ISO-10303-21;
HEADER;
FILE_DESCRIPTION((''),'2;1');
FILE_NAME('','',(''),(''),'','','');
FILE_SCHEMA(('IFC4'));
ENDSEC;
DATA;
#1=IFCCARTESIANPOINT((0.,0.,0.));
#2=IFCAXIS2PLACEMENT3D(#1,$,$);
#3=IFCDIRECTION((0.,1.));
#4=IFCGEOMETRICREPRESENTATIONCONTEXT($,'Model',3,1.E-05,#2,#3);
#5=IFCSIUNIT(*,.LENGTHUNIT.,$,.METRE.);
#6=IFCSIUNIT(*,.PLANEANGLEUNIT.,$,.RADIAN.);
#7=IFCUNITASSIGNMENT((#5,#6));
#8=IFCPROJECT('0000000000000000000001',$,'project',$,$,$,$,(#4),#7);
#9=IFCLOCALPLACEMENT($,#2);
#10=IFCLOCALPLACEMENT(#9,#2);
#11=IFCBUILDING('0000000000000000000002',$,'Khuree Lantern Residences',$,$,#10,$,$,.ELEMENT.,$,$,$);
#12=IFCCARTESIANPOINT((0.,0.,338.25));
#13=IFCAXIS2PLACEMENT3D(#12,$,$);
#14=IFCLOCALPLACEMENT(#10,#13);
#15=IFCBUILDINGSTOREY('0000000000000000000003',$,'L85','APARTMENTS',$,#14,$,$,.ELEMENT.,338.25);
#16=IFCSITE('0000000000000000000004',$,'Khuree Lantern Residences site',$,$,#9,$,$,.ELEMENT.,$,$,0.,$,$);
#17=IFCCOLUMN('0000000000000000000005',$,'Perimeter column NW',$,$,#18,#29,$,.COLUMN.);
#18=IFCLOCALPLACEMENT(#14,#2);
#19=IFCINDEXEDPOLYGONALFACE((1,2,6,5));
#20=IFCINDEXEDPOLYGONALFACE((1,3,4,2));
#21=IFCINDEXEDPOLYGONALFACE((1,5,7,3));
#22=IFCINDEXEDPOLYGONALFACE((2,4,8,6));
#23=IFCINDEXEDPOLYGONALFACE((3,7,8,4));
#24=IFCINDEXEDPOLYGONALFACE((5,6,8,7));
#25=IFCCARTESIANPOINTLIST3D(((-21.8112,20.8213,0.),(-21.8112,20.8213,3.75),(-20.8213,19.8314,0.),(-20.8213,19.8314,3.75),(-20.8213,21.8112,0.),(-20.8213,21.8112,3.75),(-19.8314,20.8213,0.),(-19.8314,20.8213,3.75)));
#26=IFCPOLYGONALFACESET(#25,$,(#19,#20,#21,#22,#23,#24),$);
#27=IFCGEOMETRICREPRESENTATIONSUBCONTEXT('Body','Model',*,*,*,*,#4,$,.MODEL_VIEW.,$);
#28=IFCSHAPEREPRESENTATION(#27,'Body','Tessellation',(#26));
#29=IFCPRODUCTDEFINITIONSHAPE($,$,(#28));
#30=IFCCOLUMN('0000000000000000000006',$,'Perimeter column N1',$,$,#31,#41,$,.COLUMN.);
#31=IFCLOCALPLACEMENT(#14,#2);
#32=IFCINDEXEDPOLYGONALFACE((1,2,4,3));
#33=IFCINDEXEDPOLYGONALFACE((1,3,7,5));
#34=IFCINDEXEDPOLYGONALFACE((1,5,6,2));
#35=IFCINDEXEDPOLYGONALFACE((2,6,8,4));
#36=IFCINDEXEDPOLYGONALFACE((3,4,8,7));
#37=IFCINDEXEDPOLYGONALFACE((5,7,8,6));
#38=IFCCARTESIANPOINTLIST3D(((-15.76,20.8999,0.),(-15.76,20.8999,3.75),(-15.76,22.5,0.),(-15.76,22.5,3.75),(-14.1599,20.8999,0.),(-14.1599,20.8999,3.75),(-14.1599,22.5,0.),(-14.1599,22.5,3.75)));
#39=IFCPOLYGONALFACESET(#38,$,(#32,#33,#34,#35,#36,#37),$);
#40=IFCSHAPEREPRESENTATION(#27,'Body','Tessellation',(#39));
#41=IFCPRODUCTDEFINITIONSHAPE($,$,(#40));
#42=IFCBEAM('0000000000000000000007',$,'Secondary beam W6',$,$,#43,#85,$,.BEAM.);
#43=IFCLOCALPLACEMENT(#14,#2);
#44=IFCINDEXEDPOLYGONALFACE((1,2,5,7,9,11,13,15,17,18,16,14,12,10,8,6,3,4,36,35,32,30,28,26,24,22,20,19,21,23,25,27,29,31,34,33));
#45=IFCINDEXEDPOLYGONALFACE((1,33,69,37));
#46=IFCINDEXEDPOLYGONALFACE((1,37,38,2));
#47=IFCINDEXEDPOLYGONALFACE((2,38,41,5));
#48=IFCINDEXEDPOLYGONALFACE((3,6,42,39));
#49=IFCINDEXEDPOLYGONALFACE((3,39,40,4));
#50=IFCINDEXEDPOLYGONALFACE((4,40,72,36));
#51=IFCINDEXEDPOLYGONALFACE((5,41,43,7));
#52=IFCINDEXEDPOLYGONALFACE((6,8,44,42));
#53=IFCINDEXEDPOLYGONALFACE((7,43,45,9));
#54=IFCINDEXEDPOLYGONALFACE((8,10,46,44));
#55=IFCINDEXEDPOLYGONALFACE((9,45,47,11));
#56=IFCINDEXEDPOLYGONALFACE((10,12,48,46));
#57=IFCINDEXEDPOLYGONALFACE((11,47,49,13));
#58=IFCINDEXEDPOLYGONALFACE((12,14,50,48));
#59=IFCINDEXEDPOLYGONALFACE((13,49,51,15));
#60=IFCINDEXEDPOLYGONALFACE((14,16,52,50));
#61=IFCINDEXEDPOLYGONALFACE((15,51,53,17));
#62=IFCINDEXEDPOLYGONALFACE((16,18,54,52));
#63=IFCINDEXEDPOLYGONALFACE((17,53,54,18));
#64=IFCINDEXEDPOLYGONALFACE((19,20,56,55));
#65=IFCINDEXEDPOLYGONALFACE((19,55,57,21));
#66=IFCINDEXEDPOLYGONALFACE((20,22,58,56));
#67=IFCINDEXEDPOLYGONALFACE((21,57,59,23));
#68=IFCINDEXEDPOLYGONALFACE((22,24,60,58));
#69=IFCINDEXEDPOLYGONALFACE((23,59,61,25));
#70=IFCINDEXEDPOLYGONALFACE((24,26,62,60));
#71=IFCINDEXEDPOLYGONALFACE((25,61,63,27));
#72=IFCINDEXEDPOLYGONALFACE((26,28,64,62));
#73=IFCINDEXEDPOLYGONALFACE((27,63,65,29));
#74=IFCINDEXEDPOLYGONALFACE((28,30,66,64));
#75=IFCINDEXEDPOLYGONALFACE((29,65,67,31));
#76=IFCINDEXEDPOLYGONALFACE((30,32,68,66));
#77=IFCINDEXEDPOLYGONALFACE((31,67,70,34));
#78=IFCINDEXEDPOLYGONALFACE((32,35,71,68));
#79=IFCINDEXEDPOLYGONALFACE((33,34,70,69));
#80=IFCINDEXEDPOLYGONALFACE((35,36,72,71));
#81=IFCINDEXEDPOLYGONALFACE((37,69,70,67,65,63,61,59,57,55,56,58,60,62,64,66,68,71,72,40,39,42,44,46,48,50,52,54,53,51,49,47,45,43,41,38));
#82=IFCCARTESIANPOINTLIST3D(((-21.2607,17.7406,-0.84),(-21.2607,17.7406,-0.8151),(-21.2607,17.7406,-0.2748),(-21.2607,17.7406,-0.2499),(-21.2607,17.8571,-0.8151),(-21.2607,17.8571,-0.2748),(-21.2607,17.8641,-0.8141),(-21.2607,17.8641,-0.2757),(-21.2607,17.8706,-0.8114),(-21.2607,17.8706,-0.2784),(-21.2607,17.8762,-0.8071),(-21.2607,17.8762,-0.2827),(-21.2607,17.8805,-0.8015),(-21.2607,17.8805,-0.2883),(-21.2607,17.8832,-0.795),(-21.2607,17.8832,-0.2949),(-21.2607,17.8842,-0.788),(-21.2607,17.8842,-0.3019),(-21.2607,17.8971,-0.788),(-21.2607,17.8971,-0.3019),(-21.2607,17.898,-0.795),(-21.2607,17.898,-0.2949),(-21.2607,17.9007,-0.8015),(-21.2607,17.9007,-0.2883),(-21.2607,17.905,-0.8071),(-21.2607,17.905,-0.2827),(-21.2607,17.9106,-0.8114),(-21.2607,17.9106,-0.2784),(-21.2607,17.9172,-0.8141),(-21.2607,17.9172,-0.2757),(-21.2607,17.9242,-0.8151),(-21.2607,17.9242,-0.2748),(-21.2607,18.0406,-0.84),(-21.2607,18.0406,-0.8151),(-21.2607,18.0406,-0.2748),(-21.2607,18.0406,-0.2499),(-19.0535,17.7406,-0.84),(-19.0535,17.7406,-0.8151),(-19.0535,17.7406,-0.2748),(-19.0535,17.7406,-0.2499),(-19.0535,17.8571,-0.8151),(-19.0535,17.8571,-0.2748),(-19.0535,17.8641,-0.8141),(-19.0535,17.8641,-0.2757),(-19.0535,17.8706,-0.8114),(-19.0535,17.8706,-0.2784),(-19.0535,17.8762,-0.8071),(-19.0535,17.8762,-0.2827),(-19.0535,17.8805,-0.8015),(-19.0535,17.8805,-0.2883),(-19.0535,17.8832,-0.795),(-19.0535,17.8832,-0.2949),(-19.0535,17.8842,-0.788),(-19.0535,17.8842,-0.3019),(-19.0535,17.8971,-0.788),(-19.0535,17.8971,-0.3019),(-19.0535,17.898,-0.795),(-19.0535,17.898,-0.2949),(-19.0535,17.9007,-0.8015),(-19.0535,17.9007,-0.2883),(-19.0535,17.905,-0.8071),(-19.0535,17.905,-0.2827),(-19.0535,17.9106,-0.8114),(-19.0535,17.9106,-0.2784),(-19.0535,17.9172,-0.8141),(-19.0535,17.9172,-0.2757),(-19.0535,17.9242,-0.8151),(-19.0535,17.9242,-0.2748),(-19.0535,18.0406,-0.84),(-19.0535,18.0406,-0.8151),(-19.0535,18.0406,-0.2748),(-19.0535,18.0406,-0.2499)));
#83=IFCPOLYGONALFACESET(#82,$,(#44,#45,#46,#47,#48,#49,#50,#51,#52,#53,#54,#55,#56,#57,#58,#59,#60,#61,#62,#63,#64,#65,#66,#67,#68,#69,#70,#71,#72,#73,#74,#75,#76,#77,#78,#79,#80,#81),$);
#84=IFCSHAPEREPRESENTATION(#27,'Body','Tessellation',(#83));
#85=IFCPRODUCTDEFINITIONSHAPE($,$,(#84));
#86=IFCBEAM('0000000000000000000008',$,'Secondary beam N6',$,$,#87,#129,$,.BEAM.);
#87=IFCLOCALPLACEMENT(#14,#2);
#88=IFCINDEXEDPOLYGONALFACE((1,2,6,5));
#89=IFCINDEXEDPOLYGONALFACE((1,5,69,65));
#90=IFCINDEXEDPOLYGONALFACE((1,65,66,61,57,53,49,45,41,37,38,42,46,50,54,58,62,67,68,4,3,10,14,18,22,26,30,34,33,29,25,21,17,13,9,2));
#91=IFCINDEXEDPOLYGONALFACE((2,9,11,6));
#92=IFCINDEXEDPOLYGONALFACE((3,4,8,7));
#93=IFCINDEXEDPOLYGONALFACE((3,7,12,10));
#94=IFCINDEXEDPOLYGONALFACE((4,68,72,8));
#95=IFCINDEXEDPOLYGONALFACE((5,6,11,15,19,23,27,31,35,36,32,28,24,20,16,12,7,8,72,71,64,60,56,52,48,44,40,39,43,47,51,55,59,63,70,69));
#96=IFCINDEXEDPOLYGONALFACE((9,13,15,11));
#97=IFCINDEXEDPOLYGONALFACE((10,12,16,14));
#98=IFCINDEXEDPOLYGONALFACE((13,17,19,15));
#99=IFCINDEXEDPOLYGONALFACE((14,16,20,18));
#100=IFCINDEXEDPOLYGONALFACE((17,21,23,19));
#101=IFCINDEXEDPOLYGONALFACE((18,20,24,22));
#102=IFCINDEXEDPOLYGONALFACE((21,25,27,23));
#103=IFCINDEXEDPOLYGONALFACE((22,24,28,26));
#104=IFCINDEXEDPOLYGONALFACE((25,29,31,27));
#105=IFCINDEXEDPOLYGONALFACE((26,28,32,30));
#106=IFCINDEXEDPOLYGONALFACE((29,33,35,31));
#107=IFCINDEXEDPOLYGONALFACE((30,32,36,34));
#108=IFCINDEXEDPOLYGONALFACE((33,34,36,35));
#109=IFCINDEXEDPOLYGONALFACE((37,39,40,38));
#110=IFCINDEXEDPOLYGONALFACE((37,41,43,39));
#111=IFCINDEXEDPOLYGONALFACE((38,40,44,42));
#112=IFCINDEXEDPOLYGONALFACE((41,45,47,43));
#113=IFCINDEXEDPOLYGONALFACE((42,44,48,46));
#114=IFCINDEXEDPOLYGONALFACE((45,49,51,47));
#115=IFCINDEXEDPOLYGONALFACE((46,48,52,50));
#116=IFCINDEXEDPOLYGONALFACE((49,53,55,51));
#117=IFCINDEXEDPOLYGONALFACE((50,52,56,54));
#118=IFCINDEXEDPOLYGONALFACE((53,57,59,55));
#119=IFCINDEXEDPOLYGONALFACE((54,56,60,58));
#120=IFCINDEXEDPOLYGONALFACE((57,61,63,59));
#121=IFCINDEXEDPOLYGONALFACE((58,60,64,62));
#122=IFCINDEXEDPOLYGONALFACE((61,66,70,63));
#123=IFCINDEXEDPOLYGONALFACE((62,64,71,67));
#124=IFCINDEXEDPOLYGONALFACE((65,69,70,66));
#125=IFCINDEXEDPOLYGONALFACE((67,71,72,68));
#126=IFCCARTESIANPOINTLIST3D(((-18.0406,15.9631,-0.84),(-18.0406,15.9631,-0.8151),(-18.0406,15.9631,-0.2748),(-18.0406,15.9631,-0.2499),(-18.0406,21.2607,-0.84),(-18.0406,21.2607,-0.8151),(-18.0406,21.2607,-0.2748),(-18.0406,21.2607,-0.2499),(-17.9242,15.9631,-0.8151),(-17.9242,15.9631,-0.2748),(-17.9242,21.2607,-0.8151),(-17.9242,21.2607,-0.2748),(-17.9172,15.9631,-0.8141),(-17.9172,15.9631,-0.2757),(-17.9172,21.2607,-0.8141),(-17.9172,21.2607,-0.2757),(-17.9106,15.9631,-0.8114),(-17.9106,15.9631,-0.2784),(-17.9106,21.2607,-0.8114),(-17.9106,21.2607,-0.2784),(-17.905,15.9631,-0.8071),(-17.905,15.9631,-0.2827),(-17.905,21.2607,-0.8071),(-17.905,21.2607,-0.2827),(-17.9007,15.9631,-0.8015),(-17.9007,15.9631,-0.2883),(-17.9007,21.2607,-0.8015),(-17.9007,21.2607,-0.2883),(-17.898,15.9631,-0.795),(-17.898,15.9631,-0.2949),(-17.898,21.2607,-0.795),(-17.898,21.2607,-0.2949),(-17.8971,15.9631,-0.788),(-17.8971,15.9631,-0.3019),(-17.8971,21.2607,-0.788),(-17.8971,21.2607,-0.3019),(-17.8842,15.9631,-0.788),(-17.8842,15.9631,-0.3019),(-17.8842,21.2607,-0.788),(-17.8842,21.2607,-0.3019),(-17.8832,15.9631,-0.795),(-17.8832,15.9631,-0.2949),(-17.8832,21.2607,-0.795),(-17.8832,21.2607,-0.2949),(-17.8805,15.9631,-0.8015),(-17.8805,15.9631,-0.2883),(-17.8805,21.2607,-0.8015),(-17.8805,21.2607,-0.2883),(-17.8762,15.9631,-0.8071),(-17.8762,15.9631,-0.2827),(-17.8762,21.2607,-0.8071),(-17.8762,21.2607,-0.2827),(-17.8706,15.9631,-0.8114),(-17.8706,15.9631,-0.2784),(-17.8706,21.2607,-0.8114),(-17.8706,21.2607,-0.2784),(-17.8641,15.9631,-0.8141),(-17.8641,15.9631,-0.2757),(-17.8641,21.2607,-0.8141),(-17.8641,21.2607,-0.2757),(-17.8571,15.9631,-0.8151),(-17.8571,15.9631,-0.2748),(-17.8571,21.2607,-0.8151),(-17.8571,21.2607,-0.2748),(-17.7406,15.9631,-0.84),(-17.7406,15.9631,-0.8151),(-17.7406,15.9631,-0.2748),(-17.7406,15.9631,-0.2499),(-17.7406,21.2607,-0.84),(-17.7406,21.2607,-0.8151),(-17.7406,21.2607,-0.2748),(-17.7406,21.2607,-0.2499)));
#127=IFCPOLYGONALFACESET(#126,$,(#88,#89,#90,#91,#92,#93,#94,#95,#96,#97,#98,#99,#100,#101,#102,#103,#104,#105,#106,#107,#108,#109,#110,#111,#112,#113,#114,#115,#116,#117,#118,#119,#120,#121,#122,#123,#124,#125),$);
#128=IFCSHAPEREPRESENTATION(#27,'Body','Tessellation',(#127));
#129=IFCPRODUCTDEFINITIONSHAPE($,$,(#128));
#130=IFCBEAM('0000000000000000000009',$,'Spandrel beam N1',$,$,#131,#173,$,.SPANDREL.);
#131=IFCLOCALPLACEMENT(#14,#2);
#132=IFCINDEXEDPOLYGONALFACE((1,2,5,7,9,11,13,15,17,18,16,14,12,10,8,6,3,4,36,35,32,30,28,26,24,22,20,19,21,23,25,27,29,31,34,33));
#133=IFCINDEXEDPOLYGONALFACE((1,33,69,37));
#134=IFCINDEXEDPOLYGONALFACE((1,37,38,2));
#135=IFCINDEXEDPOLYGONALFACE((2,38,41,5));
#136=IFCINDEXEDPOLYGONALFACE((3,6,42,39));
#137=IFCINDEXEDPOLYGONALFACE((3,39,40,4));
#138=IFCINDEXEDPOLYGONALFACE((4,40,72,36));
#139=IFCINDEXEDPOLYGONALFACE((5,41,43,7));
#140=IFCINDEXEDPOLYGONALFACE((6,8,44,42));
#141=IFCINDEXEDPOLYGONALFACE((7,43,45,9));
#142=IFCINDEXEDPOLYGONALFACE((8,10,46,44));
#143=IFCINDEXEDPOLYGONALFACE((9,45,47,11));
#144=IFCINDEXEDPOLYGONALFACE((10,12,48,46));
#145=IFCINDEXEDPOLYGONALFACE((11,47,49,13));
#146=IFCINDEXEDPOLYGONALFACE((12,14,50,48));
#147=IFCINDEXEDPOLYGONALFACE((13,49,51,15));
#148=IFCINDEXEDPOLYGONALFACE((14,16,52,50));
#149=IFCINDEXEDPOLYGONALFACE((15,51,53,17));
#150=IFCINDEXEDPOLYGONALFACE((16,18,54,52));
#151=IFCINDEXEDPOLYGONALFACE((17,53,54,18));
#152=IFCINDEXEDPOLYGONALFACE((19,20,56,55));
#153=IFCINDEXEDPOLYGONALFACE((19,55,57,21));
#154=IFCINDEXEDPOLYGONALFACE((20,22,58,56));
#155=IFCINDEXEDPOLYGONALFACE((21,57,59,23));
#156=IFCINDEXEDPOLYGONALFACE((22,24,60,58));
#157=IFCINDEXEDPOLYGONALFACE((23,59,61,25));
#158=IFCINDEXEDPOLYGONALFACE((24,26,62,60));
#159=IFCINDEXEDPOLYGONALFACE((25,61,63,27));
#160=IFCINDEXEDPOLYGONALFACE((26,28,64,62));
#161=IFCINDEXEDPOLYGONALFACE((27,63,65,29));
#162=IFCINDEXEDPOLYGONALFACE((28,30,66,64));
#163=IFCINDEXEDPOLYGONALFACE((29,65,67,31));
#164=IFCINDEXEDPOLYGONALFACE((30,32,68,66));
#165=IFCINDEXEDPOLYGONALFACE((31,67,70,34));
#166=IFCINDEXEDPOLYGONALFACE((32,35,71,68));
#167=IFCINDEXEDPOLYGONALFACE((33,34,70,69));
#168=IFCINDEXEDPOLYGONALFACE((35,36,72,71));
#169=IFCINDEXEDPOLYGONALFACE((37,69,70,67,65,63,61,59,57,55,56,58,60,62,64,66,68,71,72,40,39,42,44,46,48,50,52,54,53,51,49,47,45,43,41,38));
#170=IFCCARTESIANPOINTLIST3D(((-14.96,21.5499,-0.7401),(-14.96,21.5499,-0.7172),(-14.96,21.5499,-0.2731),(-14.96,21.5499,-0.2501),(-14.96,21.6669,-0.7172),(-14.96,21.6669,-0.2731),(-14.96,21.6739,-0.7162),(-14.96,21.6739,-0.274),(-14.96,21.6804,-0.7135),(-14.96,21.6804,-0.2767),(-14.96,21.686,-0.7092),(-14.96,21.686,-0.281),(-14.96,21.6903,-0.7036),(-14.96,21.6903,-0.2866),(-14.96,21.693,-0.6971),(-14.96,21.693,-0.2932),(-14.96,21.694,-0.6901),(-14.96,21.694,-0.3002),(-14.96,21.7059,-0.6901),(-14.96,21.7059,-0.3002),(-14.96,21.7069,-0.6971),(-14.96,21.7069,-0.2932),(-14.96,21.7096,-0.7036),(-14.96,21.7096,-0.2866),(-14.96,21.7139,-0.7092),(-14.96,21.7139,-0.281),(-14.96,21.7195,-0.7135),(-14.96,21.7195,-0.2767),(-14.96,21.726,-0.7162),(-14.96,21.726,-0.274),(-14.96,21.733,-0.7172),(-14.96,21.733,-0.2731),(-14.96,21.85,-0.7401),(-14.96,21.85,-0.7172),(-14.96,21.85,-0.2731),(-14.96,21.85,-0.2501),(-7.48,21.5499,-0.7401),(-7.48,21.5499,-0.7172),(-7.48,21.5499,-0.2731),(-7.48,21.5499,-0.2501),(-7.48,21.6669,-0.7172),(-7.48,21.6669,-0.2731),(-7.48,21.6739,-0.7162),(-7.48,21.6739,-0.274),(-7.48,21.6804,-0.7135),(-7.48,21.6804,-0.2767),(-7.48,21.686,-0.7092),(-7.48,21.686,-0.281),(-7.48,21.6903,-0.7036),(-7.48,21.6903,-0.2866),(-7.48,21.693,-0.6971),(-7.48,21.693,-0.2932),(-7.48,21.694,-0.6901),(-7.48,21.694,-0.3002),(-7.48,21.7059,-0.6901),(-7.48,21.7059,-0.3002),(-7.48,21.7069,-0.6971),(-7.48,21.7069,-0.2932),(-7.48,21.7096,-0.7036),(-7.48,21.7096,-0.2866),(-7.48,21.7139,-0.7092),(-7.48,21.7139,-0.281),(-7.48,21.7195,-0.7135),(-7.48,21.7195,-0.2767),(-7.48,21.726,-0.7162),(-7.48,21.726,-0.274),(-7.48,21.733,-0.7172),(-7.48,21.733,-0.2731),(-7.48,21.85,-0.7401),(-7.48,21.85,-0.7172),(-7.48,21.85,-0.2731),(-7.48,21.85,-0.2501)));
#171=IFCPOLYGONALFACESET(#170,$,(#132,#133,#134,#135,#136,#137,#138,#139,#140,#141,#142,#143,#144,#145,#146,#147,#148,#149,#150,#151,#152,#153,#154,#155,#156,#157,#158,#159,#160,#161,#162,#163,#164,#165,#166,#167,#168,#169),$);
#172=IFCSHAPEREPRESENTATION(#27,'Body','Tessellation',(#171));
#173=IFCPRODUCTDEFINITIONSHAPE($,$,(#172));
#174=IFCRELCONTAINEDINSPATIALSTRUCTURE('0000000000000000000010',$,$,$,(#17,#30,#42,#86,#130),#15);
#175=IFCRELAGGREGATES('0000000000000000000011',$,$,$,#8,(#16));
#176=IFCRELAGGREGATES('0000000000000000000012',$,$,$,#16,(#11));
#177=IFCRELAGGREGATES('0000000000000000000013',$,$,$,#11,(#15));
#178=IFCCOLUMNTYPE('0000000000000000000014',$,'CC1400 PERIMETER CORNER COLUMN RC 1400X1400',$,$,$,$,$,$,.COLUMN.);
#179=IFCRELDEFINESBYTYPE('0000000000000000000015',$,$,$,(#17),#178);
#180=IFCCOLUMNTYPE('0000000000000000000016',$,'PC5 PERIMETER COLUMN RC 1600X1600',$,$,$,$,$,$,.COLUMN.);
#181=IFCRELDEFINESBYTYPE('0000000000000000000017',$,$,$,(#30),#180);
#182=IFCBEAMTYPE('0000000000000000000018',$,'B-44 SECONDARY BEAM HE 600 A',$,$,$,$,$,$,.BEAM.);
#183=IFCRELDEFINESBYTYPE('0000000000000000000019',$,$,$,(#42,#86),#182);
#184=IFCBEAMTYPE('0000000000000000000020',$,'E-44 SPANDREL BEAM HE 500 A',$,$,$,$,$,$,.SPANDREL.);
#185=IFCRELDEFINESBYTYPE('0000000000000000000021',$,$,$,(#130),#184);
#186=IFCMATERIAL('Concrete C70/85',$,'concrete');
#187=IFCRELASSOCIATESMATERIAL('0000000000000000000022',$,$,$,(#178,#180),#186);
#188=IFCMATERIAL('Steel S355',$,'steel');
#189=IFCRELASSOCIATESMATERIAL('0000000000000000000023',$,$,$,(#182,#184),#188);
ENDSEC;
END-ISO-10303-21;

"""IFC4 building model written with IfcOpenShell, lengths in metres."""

from ifc_helpers import new_model, si_unit, direction, frame, origin, origin_2d, place, context, subcontext, project, spatial, rectangle, i_section, extrude, material, material_profile, profile_set, type_object, element, save


model = new_model("IFC4")

# Units and contexts
model_context = context("Model", 3, precision=1e-05, world=origin(), true_north=direction((0.0, 1.0)))
body_context = subcontext(model_context, "Body", "Model", "MODEL_VIEW")
ifc_project = project(units=[si_unit("LENGTHUNIT", "METRE"), si_unit("PLANEANGLEUNIT", "RADIAN")], contexts=[model_context])

# Site, building, storey
site_placement = place(None, origin())
site = spatial("IfcSite", under=ifc_project, at=site_placement, Name="Khuree Lantern Residences site", CompositionType="ELEMENT", RefElevation=0.0)
building_placement = place(site_placement, origin())
building = spatial("IfcBuilding", under=site, at=building_placement, Name="Khuree Lantern Residences", CompositionType="ELEMENT")
storey_placement = place(building_placement, frame((0.0, 0.0, 338.25)))
storey = spatial("IfcBuildingStorey", under=building, at=storey_placement, Name="L85", Description="APARTMENTS", CompositionType="ELEMENT", Elevation=338.25)

# Columns
ifc_material_1 = material(Name="Concrete C70/85", Category="concrete")
ifc_material_profile_1 = material_profile(ifc_material_1, rectangle(XDim=1.3999, YDim=1.3999, at=origin_2d()), Name="RC 1400X1400")
ifc_profile_set_1 = profile_set([ifc_material_profile_1], Name="Concrete C70/85")
column_type_1 = type_object("IfcColumnType", Name="CC1400 PERIMETER CORNER COLUMN RC 1400X1400", PredefinedType="COLUMN", material=ifc_profile_set_1)
column_1_placement = place(storey_placement, frame((-20.8213, 20.8213, 0.0), z_axis=(0.0, 0.0, 1.0), x_axis=(0.707107, 0.707107, 0.0)))
element("IfcColumn", 1, at=column_1_placement, inside=storey, type_object=column_type_1, Name="Perimeter column NW", PredefinedType="COLUMN", context=body_context, shape_type="SweptSolid", body=[
    extrude(rectangle(XDim=1.3999, YDim=1.3999, at=origin_2d()), origin(), (0.0, 0.0, 1.0), 3.75),
])
ifc_material_profile_2 = material_profile(ifc_material_1, rectangle(XDim=1.6001, YDim=1.6001, at=origin_2d()), Name="RC 1600X1600")
ifc_profile_set_2 = profile_set([ifc_material_profile_2], Name="Concrete C70/85")
column_type_2 = type_object("IfcColumnType", Name="PC5 PERIMETER COLUMN RC 1600X1600", PredefinedType="COLUMN", material=ifc_profile_set_2)
column_2_placement = place(storey_placement, frame((-14.96, 21.7, 0.0), z_axis=(0.0, 0.0, 1.0), x_axis=(1.0, 0.0, 0.0)))
element("IfcColumn", 2, at=column_2_placement, inside=storey, type_object=column_type_2, Name="Perimeter column N1", PredefinedType="COLUMN", context=body_context, shape_type="SweptSolid", body=[
    extrude(rectangle(XDim=1.6001, YDim=1.6001, at=origin_2d()), origin(), (0.0, 0.0, 1.0), 3.75),
])

# Beams
ifc_material_2 = material(Name="Steel S355", Category="steel")
ifc_material_profile_3 = material_profile(ifc_material_2, i_section(OverallWidth=0.3, OverallDepth=0.5901, WebThickness=0.0129, FlangeThickness=0.0249, FilletRadius=0.0271, at=origin_2d()), Name="HE 600 A")
ifc_profile_set_3 = profile_set([ifc_material_profile_3], Name="Steel S355")
beam_type_1 = type_object("IfcBeamType", Name="B-44 SECONDARY BEAM HE 600 A", PredefinedType="BEAM", material=ifc_profile_set_3)
beam_1_placement = place(storey_placement, frame((-21.2607, 17.8906, -0.5449), z_axis=(1.0, 0.0, 0.0), x_axis=(0.0, 1.0, 0.0)))
element("IfcBeam", 3, at=beam_1_placement, inside=storey, type_object=beam_type_1, Name="Secondary beam W6", PredefinedType="BEAM", context=body_context, shape_type="SweptSolid", body=[
    extrude(i_section(OverallWidth=0.3, OverallDepth=0.5901, WebThickness=0.0129, FlangeThickness=0.0249, FilletRadius=0.0271, at=origin_2d()), origin(), (0.0, 0.0, 1.0), 2.2073),
])
beam_2_placement = place(storey_placement, frame((-17.8906, 21.2607, -0.5449), z_axis=(0.0, -1.0, 0.0), x_axis=(1.0, 0.0, 0.0)))
element("IfcBeam", 4, at=beam_2_placement, inside=storey, type_object=beam_type_1, Name="Secondary beam N6", PredefinedType="BEAM", context=body_context, shape_type="SweptSolid", body=[
    extrude(i_section(OverallWidth=0.3, OverallDepth=0.5901, WebThickness=0.0129, FlangeThickness=0.0249, FilletRadius=0.0271, at=origin_2d()), origin(), (0.0, 0.0, 1.0), 5.2976),
])
ifc_material_profile_4 = material_profile(ifc_material_2, i_section(OverallWidth=0.3, OverallDepth=0.49, WebThickness=0.012, FlangeThickness=0.0229, FilletRadius=0.0271, at=origin_2d()), Name="HE 500 A")
ifc_profile_set_4 = profile_set([ifc_material_profile_4], Name="Steel S355")
beam_type_2 = type_object("IfcBeamType", Name="E-44 SPANDREL BEAM HE 500 A", PredefinedType="SPANDREL", material=ifc_profile_set_4)
beam_3_placement = place(storey_placement, frame((-14.96, 21.7, -0.4951), z_axis=(1.0, 0.0, 0.0), x_axis=(0.0, 1.0, 0.0)))
element("IfcBeam", 5, at=beam_3_placement, inside=storey, type_object=beam_type_2, Name="Spandrel beam N1", PredefinedType="SPANDREL", context=body_context, shape_type="SweptSolid", body=[
    extrude(i_section(OverallWidth=0.3, OverallDepth=0.49, WebThickness=0.012, FlangeThickness=0.0229, FilletRadius=0.0271, at=origin_2d()), origin(), (0.0, 0.0, 1.0), 7.48),
])

save(model, "model.ifc")
